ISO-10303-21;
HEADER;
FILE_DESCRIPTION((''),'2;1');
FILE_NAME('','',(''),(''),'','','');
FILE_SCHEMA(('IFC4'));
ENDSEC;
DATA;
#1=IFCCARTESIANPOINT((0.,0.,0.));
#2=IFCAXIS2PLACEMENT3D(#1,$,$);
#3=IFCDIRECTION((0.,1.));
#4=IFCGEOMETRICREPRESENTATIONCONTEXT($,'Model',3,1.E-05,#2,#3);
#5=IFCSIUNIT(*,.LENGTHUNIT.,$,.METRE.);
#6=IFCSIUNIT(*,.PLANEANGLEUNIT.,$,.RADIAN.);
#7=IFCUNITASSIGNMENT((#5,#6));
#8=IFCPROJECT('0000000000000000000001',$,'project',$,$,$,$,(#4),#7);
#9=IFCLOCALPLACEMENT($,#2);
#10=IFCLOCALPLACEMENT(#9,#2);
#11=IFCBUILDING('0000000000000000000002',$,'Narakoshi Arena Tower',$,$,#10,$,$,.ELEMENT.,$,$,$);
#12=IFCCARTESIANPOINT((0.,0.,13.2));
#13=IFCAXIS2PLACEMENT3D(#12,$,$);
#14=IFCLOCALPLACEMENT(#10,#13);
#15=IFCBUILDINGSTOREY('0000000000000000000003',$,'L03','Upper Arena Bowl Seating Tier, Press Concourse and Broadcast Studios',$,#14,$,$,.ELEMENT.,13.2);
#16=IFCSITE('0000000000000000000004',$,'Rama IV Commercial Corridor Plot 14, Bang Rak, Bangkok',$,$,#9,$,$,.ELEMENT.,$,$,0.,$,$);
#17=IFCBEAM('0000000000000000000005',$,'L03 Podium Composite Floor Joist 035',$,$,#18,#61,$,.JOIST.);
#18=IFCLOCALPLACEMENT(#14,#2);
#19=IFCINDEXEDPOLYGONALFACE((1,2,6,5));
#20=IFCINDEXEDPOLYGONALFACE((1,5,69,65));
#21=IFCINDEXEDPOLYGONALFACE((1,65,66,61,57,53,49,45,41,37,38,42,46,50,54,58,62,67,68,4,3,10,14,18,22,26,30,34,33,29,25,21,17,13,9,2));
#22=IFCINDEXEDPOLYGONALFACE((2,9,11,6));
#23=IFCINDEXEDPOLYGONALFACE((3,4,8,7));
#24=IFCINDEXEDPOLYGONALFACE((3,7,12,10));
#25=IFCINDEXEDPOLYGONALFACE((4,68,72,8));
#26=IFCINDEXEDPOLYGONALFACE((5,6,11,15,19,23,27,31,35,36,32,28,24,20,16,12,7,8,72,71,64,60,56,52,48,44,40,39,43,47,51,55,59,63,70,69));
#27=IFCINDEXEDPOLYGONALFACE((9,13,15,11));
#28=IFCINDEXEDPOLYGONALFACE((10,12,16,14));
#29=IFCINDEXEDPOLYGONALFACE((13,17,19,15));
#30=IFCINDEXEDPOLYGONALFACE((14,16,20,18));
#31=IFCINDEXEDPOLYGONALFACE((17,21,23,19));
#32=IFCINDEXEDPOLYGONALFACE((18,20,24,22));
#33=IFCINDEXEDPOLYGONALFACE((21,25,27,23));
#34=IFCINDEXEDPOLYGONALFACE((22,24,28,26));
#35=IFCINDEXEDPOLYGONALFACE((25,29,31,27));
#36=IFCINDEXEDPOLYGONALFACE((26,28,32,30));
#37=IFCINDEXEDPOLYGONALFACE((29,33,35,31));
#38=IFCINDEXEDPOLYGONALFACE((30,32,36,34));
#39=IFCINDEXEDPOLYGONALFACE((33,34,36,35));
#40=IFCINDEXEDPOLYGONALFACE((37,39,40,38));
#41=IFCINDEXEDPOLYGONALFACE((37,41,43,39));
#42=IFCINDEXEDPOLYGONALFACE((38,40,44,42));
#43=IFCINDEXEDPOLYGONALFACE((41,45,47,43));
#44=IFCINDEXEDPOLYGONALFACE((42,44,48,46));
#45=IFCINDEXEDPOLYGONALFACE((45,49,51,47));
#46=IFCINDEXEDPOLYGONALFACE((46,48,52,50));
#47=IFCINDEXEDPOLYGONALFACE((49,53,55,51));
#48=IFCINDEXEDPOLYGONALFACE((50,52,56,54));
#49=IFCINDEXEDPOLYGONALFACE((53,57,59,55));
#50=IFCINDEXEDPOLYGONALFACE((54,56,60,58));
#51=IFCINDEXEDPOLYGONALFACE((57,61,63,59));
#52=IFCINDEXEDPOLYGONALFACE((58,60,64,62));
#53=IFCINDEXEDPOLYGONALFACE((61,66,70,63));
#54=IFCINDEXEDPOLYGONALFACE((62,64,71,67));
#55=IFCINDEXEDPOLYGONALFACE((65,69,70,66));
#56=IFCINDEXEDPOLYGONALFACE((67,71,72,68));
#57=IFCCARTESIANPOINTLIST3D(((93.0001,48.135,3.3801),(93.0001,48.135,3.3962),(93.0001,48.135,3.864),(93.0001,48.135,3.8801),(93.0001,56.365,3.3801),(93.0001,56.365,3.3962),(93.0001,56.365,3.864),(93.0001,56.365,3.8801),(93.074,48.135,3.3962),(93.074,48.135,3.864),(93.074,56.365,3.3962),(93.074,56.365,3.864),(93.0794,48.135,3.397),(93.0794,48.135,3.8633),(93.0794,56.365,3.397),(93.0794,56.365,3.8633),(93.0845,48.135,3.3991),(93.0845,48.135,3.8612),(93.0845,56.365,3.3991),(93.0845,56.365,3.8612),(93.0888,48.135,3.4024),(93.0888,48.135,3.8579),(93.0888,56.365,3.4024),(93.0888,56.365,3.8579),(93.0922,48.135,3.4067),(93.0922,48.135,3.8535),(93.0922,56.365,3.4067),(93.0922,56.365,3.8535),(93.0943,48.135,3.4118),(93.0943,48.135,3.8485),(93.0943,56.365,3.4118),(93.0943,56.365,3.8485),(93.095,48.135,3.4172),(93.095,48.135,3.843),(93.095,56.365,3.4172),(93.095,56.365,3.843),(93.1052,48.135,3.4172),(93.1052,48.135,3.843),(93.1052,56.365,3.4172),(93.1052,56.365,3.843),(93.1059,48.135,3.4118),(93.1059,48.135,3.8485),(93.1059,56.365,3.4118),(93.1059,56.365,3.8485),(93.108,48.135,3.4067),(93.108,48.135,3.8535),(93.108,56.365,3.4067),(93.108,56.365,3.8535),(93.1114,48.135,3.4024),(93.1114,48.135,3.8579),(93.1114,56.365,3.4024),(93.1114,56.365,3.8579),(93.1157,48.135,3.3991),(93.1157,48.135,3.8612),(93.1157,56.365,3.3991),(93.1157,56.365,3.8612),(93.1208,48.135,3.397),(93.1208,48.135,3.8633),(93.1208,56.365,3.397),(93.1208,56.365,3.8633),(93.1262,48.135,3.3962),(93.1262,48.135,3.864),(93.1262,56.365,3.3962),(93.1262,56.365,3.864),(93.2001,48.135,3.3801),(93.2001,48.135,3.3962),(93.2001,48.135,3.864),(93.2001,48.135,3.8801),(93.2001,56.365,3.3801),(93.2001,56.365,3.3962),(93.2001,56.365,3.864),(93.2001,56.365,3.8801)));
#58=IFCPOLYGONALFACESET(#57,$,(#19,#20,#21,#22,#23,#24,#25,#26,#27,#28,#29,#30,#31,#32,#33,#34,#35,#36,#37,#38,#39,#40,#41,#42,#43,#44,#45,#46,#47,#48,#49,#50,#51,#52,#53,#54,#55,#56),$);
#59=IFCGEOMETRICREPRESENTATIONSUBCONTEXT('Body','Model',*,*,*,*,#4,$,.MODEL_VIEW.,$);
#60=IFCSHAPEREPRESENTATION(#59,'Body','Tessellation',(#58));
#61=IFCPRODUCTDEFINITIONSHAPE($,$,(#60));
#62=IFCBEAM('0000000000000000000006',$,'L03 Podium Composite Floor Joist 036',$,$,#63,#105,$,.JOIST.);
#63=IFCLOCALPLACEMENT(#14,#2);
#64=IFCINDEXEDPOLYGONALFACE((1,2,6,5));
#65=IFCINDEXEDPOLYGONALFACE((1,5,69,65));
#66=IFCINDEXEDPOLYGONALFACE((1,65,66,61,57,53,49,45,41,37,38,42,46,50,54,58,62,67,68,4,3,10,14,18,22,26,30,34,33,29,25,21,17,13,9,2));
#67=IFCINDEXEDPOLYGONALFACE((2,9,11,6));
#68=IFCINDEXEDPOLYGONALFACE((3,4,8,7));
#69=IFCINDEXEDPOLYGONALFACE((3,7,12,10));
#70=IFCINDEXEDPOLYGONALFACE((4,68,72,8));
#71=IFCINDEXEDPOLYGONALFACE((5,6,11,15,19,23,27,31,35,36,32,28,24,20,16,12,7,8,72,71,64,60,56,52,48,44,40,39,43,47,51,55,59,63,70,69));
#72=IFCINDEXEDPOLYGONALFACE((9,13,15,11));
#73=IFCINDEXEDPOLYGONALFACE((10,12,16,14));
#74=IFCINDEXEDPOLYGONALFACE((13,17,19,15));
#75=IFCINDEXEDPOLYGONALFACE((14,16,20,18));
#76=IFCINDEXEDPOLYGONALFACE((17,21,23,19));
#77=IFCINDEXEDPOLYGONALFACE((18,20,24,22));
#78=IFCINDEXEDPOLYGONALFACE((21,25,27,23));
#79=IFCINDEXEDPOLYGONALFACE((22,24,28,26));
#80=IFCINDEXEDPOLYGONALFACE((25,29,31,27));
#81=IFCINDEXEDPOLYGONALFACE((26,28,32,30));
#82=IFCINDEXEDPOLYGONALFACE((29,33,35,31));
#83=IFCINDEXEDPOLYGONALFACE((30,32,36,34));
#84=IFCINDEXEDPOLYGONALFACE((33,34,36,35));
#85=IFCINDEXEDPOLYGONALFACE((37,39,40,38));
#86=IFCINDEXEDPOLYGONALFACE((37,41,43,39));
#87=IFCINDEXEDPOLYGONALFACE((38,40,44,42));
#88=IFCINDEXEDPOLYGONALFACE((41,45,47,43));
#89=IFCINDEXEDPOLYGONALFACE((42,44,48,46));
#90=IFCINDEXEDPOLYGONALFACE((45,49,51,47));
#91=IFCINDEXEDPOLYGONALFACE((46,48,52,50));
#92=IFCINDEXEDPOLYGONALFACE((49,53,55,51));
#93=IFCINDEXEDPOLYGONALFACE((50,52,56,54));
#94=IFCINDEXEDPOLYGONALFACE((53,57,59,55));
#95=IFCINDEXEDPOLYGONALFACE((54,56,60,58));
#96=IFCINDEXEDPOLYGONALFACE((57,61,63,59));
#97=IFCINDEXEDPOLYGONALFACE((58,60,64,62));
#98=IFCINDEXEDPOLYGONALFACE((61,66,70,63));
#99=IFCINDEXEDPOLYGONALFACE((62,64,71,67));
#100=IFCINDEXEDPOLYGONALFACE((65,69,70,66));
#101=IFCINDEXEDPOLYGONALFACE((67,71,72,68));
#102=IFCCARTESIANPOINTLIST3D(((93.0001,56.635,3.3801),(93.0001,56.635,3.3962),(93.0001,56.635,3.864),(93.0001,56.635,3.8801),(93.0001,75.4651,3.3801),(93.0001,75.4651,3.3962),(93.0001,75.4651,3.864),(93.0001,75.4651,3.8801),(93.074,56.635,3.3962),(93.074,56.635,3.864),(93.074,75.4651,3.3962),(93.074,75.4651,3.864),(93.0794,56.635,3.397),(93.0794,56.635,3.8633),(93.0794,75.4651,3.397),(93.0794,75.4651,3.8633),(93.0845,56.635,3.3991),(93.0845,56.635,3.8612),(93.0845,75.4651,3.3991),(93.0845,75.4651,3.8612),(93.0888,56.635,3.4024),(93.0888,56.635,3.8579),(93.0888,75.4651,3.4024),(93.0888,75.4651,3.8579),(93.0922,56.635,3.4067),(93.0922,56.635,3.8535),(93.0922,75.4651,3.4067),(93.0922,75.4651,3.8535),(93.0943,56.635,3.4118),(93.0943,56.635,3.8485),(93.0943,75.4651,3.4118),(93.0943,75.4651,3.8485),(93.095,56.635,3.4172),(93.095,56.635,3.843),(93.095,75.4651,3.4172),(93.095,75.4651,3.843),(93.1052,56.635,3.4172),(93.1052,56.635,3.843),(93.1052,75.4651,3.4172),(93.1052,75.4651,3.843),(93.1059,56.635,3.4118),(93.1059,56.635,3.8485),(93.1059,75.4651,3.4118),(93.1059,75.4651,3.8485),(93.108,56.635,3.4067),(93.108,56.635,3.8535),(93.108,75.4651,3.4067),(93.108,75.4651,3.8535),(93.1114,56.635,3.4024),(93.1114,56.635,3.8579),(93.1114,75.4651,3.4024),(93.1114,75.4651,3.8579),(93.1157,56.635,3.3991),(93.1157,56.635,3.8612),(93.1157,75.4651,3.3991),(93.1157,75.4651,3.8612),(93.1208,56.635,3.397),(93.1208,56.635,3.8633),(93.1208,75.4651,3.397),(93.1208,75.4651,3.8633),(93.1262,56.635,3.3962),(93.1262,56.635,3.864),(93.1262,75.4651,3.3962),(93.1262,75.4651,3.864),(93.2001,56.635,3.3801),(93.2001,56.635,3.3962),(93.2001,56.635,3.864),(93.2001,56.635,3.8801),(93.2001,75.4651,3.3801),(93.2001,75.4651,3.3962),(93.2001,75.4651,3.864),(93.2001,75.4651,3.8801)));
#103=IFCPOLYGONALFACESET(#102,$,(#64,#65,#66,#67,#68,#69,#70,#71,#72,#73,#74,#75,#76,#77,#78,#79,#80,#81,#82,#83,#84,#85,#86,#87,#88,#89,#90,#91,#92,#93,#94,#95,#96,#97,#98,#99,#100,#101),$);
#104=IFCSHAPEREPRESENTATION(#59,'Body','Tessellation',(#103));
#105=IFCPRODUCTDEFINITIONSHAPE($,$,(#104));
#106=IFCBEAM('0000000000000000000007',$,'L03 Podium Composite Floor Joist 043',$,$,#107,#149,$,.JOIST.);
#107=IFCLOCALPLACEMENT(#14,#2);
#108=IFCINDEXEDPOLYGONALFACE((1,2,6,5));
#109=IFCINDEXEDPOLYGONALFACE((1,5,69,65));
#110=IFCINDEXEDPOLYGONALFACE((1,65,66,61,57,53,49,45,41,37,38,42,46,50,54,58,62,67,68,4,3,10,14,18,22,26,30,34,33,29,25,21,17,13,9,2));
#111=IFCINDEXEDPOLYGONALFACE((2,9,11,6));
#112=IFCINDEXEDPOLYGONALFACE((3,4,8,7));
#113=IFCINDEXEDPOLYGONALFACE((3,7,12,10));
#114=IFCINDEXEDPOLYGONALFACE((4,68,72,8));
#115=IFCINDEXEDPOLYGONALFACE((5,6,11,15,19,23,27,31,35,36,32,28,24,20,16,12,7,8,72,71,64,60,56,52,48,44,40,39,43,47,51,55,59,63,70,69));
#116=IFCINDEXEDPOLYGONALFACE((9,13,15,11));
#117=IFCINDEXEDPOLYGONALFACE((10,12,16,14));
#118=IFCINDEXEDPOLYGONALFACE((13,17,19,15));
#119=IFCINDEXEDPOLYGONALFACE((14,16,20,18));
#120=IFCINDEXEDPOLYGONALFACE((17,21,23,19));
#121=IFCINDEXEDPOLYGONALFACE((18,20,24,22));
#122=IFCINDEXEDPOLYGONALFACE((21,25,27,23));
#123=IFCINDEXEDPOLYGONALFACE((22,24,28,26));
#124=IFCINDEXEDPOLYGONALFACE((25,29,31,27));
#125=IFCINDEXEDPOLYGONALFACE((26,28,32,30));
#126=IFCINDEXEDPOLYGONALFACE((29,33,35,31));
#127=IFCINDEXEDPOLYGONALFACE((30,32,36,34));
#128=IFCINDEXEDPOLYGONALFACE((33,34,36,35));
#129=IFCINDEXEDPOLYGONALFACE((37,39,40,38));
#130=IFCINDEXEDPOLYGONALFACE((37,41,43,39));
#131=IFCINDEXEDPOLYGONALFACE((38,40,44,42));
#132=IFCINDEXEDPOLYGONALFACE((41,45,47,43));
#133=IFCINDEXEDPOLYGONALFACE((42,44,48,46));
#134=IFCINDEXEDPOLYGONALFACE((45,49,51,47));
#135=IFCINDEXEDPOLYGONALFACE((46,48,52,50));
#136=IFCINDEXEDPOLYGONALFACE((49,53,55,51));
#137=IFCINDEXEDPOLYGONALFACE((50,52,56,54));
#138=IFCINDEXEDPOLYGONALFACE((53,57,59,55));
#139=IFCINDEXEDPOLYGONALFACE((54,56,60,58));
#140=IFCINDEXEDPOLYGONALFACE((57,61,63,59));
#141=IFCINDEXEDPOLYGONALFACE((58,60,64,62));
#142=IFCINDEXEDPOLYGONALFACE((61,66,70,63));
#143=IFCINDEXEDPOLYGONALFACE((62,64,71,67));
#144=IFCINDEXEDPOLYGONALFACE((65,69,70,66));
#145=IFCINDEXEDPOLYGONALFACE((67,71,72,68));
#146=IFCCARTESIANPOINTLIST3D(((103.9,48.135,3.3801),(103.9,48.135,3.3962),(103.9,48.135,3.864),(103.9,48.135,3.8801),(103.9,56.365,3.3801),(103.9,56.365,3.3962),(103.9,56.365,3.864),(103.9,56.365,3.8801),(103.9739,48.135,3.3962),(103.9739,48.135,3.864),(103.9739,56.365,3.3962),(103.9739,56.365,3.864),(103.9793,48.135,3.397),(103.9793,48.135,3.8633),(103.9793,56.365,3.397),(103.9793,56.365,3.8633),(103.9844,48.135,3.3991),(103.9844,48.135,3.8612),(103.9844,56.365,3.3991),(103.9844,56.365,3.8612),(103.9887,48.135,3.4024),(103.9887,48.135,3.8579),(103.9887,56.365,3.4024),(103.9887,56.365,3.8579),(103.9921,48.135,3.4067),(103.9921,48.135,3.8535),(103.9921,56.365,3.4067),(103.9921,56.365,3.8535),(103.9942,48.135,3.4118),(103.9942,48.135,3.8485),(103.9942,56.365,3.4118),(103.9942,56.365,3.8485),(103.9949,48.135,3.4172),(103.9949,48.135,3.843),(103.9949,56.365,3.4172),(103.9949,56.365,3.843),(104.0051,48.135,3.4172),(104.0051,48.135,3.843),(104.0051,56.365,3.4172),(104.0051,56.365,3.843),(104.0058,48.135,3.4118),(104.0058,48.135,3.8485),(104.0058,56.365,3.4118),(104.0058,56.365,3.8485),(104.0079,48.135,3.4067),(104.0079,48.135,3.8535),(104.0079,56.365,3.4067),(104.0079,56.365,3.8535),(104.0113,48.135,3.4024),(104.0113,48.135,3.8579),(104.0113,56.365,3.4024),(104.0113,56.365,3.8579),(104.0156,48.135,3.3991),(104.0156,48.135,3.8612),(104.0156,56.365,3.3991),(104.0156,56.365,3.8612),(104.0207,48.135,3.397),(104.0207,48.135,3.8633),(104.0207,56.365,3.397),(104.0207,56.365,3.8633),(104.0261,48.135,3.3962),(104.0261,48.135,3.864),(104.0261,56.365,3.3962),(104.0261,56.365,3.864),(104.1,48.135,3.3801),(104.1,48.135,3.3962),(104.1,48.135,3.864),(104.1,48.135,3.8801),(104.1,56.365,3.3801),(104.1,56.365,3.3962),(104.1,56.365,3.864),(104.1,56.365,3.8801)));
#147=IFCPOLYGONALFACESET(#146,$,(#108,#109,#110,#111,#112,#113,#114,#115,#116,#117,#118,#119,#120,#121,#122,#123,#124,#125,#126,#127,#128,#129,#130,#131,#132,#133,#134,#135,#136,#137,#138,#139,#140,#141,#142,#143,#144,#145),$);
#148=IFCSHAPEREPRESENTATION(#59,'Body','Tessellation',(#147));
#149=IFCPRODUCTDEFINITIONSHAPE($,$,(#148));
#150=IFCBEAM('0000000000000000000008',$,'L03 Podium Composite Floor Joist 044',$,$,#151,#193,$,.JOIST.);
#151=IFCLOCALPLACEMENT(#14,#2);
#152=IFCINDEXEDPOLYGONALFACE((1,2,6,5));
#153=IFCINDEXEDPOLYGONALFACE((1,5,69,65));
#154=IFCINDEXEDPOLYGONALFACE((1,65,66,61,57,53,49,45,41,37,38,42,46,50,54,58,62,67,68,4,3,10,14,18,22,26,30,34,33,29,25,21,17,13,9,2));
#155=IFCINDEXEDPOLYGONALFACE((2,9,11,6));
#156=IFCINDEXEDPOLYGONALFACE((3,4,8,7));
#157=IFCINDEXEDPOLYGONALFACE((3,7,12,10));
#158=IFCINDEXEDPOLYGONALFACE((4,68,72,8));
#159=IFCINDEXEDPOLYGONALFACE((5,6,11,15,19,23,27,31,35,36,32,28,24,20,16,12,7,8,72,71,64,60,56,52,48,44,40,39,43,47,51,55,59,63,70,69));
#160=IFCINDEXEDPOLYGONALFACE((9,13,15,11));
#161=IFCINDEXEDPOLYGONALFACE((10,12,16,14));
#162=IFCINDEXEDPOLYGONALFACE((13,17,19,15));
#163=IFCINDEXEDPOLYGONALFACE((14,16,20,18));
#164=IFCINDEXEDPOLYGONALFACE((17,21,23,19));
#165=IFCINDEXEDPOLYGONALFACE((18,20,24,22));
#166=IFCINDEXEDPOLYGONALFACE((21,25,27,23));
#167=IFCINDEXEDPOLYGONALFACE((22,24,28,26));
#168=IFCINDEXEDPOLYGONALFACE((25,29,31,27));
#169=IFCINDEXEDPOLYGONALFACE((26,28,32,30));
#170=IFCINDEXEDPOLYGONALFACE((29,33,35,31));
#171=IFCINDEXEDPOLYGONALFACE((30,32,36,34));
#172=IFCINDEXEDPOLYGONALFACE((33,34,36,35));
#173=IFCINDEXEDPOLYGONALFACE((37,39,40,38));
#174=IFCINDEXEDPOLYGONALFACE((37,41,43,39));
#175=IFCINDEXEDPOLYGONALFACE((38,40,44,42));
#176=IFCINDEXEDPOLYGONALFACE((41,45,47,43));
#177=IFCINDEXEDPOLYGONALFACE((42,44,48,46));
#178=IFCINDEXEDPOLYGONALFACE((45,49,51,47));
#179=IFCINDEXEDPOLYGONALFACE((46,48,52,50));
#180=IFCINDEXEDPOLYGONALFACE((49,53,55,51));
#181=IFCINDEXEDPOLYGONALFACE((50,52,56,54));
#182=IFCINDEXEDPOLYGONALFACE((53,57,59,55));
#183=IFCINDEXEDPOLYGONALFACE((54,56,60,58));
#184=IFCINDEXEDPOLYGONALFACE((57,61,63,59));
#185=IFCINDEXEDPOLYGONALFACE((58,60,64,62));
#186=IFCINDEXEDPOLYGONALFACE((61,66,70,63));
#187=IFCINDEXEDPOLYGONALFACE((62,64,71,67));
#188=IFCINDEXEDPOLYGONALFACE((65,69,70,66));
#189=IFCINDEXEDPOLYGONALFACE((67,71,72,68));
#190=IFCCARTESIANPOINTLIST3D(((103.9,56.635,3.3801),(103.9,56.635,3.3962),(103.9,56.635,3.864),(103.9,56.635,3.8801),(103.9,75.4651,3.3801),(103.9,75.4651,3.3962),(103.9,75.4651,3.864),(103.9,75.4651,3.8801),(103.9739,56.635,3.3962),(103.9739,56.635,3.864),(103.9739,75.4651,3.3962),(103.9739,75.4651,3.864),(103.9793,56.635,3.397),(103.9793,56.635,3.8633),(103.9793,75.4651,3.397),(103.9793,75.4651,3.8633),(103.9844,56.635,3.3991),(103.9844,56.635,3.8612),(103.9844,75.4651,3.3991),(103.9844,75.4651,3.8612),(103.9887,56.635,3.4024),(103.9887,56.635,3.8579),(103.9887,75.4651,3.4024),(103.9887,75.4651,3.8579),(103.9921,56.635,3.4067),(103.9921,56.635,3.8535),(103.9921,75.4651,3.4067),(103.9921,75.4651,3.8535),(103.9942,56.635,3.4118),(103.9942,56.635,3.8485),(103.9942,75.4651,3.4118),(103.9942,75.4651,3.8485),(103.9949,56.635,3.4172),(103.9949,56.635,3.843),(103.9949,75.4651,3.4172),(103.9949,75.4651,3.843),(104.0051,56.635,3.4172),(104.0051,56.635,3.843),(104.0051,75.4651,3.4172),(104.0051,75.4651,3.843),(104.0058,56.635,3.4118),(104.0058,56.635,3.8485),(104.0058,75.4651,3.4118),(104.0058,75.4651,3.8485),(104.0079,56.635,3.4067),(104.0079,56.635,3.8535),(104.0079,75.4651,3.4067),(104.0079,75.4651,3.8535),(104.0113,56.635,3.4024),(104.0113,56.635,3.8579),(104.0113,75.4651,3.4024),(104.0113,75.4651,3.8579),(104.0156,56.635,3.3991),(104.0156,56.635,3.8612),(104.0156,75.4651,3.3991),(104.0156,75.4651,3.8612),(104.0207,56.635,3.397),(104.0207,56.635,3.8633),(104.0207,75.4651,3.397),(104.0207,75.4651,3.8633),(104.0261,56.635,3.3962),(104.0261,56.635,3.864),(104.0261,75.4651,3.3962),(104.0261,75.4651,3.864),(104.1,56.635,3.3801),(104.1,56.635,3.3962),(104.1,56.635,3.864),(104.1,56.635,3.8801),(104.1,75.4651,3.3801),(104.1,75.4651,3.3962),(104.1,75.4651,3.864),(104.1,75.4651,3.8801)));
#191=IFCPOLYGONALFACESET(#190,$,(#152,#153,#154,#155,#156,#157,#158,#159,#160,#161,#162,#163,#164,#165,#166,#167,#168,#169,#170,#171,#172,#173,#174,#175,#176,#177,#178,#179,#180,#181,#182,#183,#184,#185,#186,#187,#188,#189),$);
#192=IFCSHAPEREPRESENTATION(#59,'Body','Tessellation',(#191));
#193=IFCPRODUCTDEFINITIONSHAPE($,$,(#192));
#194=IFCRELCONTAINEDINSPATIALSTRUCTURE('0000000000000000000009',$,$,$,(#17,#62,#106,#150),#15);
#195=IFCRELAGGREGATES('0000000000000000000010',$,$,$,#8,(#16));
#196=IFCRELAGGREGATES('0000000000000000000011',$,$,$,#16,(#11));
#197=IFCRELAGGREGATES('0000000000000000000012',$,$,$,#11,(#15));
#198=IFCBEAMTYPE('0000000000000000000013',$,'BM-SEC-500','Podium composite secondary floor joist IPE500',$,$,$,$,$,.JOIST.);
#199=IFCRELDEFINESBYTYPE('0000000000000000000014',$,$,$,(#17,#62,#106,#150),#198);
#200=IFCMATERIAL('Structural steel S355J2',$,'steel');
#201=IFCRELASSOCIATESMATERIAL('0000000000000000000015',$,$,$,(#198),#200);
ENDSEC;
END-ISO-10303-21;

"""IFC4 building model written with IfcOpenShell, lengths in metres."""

from ifc_helpers import new_model, si_unit, direction, frame, origin, origin_2d, place, context, subcontext, project, spatial, i_section, extrude, material, material_profile, profile_set, type_object, element, save


model = new_model("IFC4")

# Units and contexts
model_context = context("Model", 3, precision=1e-05, world=origin(), true_north=direction((0.0, 1.0)))
body_context = subcontext(model_context, "Body", "Model", "MODEL_VIEW")
ifc_project = project(units=[si_unit("LENGTHUNIT", "METRE"), si_unit("PLANEANGLEUNIT", "RADIAN")], contexts=[model_context])

# Site, building, storey
site_placement = place(None, origin())
site = spatial("IfcSite", under=ifc_project, at=site_placement, Name="Rama IV Commercial Corridor Plot 14, Bang Rak, Bangkok", CompositionType="ELEMENT", RefElevation=0.0)
building_placement = place(site_placement, origin())
building = spatial("IfcBuilding", under=site, at=building_placement, Name="Narakoshi Arena Tower", CompositionType="ELEMENT")
storey_placement = place(building_placement, frame((0.0, 0.0, 13.2)))
storey = spatial("IfcBuildingStorey", under=building, at=storey_placement, Name="L03", Description="Upper Arena Bowl Seating Tier, Press Concourse and Broadcast Studios", CompositionType="ELEMENT", Elevation=13.2)

# Beams
ifc_material_1 = material(Name="Structural steel S355J2", Category="steel")
ifc_material_profile_1 = material_profile(ifc_material_1, i_section(OverallWidth=0.2, OverallDepth=0.5, WebThickness=0.0103, FlangeThickness=0.0161, FilletRadius=0.021, at=origin_2d()), Name="IPE500")
ifc_profile_set_1 = profile_set([ifc_material_profile_1], Name="Structural steel S355J2")
beam_type_1 = type_object("IfcBeamType", Name="BM-SEC-500", Description="Podium composite secondary floor joist IPE500", PredefinedType="JOIST", material=ifc_profile_set_1)
beam_1_placement = place(storey_placement, frame((93.1001, 48.135, 3.6301), z_axis=(0.0, 1.0, 0.0), x_axis=(-1.0, 0.0, 0.0)))
element("IfcBeam", 1, at=beam_1_placement, inside=storey, type_object=beam_type_1, Name="L03 Podium Composite Floor Joist 035", PredefinedType="JOIST", context=body_context, shape_type="SweptSolid", body=[
    extrude(i_section(OverallWidth=0.2, OverallDepth=0.5, WebThickness=0.0103, FlangeThickness=0.0161, FilletRadius=0.021, at=origin_2d()), origin(), (0.0, 0.0, 1.0), 8.23),
])
beam_2_placement = place(storey_placement, frame((93.1001, 56.635, 3.6301), z_axis=(0.0, 1.0, 0.0), x_axis=(-1.0, 0.0, 0.0)))
element("IfcBeam", 2, at=beam_2_placement, inside=storey, type_object=beam_type_1, Name="L03 Podium Composite Floor Joist 036", PredefinedType="JOIST", context=body_context, shape_type="SweptSolid", body=[
    extrude(i_section(OverallWidth=0.2, OverallDepth=0.5, WebThickness=0.0103, FlangeThickness=0.0161, FilletRadius=0.021, at=origin_2d()), origin(), (0.0, 0.0, 1.0), 18.8301),
])
beam_3_placement = place(storey_placement, frame((104.0, 48.135, 3.6301), z_axis=(0.0, 1.0, 0.0), x_axis=(-1.0, 0.0, 0.0)))
element("IfcBeam", 3, at=beam_3_placement, inside=storey, type_object=beam_type_1, Name="L03 Podium Composite Floor Joist 043", PredefinedType="JOIST", context=body_context, shape_type="SweptSolid", body=[
    extrude(i_section(OverallWidth=0.2, OverallDepth=0.5, WebThickness=0.0103, FlangeThickness=0.0161, FilletRadius=0.021, at=origin_2d()), origin(), (0.0, 0.0, 1.0), 8.23),
])
beam_4_placement = place(storey_placement, frame((104.0, 56.635, 3.6301), z_axis=(0.0, 1.0, 0.0), x_axis=(-1.0, 0.0, 0.0)))
element("IfcBeam", 4, at=beam_4_placement, inside=storey, type_object=beam_type_1, Name="L03 Podium Composite Floor Joist 044", PredefinedType="JOIST", context=body_context, shape_type="SweptSolid", body=[
    extrude(i_section(OverallWidth=0.2, OverallDepth=0.5, WebThickness=0.0103, FlangeThickness=0.0161, FilletRadius=0.021, at=origin_2d()), origin(), (0.0, 0.0, 1.0), 18.8301),
])

save(model, "model.ifc")
